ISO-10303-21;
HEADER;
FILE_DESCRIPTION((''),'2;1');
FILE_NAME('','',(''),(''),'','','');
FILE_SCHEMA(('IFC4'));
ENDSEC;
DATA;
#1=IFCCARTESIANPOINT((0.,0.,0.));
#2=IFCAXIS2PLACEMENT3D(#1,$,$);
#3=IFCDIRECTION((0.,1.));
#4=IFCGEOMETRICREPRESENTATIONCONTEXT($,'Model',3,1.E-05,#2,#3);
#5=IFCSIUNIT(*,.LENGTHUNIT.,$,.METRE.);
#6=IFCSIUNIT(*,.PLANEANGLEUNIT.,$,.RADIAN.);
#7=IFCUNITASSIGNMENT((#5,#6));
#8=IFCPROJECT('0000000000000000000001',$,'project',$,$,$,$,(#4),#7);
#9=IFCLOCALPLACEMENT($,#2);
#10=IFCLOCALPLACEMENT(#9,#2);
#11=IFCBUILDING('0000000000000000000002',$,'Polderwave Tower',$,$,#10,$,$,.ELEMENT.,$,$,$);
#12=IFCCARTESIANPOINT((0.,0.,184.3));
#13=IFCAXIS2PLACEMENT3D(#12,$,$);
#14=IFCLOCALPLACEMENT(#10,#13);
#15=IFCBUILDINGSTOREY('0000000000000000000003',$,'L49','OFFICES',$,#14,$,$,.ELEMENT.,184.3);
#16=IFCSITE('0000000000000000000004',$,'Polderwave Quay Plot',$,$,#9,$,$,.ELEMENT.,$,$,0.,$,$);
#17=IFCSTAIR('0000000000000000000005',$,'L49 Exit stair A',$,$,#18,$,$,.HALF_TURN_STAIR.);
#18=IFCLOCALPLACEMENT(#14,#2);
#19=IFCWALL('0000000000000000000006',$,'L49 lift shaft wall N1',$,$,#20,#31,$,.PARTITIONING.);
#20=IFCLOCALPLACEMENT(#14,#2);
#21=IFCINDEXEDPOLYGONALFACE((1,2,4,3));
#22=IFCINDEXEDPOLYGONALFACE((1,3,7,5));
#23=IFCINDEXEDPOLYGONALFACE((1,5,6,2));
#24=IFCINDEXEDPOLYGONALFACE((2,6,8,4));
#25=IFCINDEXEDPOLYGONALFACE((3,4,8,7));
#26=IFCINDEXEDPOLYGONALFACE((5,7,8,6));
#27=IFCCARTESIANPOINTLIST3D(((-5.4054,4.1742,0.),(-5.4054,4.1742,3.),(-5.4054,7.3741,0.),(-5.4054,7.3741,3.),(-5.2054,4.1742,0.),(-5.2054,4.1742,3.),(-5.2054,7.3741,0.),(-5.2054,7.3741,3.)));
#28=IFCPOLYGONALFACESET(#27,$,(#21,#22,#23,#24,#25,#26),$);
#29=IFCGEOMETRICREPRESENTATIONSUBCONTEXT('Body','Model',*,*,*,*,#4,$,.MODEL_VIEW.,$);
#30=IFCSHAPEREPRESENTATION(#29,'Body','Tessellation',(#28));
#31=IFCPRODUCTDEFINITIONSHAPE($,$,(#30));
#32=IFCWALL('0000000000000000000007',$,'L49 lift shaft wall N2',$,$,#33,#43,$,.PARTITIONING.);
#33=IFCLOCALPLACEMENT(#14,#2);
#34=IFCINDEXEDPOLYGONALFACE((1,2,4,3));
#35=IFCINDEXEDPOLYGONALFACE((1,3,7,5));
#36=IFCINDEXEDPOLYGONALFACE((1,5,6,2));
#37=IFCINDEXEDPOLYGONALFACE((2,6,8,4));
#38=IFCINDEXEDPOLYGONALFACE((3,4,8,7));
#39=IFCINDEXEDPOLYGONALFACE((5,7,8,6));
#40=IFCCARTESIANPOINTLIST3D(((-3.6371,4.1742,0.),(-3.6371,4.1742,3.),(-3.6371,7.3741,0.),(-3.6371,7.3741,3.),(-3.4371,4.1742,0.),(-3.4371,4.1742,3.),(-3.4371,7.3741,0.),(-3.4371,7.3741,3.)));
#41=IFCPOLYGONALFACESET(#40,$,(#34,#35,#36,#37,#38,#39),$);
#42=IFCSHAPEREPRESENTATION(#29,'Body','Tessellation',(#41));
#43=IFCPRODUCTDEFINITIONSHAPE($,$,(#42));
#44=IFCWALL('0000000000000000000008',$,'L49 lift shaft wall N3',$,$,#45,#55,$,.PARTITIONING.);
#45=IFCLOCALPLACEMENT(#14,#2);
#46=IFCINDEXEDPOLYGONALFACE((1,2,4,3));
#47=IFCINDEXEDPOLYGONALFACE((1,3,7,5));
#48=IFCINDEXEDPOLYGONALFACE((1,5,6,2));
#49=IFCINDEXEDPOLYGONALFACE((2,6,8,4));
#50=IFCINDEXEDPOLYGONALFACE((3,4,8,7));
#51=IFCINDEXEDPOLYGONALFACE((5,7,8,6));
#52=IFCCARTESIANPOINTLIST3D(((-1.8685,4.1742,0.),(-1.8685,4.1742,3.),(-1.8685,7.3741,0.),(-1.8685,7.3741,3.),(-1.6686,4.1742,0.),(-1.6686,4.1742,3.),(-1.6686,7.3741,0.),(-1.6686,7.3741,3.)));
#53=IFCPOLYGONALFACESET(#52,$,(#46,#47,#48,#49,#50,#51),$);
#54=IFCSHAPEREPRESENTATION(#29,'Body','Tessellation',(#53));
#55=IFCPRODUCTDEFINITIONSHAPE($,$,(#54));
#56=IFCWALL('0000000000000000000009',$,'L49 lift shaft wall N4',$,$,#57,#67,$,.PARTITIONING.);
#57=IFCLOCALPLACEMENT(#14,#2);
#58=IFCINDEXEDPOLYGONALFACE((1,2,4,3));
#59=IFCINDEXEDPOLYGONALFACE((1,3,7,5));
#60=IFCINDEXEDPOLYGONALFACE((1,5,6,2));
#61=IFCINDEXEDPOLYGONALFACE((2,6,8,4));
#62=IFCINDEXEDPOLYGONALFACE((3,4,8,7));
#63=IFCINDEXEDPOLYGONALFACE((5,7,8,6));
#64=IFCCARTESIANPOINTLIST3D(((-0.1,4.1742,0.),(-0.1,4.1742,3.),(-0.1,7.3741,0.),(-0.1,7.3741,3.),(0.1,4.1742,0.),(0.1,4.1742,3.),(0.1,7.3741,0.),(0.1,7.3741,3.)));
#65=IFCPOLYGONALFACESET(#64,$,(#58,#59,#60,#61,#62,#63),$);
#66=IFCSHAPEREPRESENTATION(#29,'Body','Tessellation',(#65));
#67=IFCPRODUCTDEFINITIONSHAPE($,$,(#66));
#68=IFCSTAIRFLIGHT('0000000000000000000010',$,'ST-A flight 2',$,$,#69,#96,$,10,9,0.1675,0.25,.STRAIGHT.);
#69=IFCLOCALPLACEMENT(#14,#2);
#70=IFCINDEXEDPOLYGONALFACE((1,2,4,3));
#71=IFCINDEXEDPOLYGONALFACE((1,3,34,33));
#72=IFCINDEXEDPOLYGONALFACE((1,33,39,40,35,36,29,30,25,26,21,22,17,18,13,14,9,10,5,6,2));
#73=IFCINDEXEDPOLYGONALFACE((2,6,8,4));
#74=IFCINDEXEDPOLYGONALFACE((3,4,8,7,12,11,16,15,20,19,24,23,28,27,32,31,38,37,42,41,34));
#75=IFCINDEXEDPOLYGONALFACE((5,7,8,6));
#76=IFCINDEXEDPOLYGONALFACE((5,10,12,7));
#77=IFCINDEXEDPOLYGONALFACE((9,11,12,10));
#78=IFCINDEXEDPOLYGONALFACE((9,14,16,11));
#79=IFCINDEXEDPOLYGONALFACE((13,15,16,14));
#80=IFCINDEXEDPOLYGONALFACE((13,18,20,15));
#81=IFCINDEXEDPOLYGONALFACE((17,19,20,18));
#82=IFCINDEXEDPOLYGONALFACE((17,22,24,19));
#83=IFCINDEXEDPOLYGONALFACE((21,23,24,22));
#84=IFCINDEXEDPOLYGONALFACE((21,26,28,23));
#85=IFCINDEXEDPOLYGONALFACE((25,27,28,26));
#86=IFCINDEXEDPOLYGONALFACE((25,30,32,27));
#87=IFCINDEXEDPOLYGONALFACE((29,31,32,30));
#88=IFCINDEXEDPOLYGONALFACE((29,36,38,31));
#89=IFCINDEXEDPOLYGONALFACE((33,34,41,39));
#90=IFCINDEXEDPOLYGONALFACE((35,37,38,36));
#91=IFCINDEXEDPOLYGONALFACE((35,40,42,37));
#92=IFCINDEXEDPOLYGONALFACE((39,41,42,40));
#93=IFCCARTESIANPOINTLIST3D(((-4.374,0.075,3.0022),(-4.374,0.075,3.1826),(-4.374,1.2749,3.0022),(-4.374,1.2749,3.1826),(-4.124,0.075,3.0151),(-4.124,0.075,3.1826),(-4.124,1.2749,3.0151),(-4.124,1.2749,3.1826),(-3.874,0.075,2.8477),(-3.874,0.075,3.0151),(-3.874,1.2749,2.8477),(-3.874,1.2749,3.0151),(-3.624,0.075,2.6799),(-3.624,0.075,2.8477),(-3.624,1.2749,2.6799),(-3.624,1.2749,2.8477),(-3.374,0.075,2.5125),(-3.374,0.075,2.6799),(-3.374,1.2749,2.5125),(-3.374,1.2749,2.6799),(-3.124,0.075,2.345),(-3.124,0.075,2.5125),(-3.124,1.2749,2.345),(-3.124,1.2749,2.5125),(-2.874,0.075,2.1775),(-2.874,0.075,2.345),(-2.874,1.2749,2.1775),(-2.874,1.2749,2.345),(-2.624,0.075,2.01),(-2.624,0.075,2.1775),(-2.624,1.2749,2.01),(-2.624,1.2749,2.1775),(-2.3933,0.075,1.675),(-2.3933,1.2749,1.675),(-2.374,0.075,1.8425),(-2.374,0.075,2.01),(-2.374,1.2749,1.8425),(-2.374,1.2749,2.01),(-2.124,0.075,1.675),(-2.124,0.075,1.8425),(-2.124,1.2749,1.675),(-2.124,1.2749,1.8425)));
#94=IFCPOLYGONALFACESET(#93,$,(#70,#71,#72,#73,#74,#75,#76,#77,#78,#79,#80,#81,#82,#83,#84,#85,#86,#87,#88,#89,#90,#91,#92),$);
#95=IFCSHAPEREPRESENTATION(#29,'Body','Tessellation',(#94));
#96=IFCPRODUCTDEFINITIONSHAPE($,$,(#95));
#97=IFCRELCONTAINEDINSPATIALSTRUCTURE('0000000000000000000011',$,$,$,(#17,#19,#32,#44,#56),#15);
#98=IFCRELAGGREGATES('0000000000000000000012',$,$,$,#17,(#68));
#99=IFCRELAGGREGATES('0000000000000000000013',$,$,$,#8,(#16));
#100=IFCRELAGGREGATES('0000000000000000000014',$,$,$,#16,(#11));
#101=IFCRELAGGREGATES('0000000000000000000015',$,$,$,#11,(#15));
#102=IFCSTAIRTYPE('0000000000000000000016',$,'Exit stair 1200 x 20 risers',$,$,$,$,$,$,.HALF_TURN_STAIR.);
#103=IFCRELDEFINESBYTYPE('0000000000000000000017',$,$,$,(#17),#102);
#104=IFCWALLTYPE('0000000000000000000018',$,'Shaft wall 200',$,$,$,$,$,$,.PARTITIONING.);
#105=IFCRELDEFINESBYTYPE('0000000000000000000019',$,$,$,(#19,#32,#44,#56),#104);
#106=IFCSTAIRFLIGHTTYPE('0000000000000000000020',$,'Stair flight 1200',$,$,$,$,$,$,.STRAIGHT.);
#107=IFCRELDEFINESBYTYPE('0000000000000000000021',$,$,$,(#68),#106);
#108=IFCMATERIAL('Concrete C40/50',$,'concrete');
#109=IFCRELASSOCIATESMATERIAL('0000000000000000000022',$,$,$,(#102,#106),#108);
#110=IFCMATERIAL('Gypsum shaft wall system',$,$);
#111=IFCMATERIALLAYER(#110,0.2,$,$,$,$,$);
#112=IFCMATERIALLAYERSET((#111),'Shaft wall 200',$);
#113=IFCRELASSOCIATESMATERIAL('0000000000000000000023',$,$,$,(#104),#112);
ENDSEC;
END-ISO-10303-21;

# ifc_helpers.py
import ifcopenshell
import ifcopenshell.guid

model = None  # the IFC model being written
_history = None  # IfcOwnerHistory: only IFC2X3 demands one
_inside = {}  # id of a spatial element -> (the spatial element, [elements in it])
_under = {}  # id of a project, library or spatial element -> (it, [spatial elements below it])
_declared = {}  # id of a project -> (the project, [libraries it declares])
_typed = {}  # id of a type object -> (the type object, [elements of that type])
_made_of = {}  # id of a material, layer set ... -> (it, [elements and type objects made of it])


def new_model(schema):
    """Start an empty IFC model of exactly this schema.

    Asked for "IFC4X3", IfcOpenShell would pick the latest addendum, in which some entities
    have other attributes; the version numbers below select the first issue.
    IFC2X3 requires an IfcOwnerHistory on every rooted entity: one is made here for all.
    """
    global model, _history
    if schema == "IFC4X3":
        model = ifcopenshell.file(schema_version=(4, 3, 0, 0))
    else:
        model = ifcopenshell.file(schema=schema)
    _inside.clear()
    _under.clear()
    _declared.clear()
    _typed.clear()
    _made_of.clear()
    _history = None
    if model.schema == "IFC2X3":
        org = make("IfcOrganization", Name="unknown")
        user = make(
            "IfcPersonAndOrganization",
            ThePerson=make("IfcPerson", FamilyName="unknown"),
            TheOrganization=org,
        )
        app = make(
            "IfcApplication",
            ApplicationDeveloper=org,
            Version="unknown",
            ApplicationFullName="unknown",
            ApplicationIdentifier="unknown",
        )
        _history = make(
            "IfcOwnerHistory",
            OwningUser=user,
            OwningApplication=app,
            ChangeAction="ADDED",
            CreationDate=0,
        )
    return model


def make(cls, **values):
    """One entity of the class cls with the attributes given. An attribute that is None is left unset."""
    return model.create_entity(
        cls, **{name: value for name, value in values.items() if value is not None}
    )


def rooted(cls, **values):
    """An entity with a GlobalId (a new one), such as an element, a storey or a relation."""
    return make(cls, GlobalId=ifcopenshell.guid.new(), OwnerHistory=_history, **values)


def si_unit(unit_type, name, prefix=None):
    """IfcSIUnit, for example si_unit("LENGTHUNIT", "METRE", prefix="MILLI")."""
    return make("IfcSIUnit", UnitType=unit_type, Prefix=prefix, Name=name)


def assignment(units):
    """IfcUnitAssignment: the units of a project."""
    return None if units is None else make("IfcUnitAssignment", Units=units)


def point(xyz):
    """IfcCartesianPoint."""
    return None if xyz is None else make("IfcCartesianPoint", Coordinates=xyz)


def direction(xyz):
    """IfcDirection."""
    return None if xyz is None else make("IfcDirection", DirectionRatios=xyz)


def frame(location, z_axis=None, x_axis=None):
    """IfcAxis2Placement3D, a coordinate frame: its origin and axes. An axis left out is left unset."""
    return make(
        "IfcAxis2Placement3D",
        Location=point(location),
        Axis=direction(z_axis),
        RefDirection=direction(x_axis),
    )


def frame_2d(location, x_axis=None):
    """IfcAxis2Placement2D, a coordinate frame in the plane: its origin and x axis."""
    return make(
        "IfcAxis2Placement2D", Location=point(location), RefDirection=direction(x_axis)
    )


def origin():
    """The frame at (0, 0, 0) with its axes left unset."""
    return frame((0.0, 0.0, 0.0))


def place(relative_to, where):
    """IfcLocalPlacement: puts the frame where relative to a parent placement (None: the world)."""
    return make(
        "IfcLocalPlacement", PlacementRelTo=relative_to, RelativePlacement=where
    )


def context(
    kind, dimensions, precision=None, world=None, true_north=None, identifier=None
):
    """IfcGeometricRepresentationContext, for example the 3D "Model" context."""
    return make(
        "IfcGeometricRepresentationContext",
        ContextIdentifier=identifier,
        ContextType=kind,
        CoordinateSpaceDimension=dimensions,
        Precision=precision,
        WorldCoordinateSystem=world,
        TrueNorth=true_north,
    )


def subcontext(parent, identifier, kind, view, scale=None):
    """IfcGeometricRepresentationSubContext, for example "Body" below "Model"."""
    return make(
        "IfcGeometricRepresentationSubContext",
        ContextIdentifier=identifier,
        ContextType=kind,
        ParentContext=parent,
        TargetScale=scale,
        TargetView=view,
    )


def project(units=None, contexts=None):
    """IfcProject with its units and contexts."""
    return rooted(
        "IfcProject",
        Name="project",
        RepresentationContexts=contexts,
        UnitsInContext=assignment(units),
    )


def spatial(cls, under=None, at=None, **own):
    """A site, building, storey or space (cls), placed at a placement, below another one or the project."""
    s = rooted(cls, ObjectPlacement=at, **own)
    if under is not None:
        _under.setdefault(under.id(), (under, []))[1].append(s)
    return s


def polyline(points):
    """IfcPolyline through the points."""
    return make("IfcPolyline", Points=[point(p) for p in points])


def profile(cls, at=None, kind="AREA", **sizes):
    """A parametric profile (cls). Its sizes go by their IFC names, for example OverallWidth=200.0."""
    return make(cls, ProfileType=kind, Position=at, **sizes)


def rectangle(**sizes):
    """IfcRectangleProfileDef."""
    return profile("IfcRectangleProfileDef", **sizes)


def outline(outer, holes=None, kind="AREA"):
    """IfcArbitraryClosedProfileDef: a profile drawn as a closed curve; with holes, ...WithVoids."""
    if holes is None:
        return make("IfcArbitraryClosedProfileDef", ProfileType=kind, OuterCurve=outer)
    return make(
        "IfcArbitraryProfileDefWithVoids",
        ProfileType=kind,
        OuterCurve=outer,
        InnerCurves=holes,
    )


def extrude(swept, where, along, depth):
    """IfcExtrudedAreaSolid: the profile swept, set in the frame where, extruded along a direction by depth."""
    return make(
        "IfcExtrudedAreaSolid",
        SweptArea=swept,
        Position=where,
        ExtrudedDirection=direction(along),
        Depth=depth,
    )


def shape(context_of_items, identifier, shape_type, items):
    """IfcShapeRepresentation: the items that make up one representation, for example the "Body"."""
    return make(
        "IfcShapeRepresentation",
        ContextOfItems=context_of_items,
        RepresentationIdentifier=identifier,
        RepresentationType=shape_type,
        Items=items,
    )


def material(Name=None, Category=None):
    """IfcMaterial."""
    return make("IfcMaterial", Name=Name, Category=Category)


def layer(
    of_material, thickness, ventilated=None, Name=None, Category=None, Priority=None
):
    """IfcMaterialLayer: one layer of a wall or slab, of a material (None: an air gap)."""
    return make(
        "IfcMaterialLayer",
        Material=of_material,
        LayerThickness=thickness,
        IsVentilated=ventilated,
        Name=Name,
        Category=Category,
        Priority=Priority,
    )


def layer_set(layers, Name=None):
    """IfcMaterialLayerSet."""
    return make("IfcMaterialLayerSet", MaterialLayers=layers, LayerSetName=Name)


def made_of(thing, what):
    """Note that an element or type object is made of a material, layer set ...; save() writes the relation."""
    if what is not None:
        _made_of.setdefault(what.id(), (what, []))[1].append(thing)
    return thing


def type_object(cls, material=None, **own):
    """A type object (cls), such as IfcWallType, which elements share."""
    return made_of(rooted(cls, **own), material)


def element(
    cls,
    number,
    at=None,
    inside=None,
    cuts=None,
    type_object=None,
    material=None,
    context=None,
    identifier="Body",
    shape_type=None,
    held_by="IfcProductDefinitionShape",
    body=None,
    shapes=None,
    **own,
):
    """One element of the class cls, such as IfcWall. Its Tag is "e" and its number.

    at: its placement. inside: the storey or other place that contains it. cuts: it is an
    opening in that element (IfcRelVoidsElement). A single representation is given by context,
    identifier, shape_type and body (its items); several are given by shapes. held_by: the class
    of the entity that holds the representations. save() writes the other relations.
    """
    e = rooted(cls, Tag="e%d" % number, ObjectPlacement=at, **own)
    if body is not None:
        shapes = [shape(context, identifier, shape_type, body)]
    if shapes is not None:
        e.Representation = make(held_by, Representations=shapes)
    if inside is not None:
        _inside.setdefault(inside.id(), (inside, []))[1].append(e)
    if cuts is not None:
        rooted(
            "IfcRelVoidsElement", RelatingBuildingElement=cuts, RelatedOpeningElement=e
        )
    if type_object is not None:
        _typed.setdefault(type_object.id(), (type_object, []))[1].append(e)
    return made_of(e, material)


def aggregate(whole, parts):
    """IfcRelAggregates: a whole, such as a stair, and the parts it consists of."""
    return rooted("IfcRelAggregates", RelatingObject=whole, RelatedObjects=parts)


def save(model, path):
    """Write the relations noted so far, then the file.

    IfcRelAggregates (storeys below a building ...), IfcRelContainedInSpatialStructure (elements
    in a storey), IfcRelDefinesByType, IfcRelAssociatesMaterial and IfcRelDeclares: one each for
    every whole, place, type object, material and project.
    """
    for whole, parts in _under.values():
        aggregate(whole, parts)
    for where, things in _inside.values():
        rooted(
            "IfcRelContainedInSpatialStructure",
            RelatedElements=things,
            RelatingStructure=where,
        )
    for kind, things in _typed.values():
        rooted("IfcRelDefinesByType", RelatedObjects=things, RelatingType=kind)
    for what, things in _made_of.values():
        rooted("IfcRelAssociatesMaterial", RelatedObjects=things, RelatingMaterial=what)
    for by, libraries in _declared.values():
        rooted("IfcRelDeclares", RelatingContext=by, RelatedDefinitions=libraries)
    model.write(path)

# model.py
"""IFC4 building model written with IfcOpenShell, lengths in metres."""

from ifc_helpers import new_model, si_unit, direction, frame, frame_2d, origin, place, context, subcontext, project, spatial, polyline, rectangle, outline, extrude, material, layer, layer_set, type_object, element, aggregate, save


model = new_model("IFC4")

# Units and contexts
model_context = context("Model", 3, precision=1e-05, world=origin(), true_north=direction((0.0, 1.0)))
body_context = subcontext(model_context, "Body", "Model", "MODEL_VIEW")
ifc_project = project(units=[si_unit("LENGTHUNIT", "METRE"), si_unit("PLANEANGLEUNIT", "RADIAN")], contexts=[model_context])

# Site, building, storey
site_placement = place(None, origin())
site = spatial("IfcSite", under=ifc_project, at=site_placement, Name="Polderwave Quay Plot", CompositionType="ELEMENT", RefElevation=0.0)
building_placement = place(site_placement, origin())
building = spatial("IfcBuilding", under=site, at=building_placement, Name="Polderwave Tower", CompositionType="ELEMENT")
storey_placement = place(building_placement, frame((0.0, 0.0, 184.3)))
storey = spatial("IfcBuildingStorey", under=building, at=storey_placement, Name="L49", Description="OFFICES", CompositionType="ELEMENT", Elevation=184.3)

# Shared definitions
ifc_material_1 = material(Name="Concrete C40/50", Category="concrete")

# Stair
stair_type = type_object("IfcStairType", Name="Exit stair 1200 x 20 risers", PredefinedType="HALF_TURN_STAIR", material=ifc_material_1)
stair_1_placement = place(storey_placement, origin())
stair_1 = element("IfcStair", 1, at=stair_1_placement, inside=storey, type_object=stair_type, Name="L49 Exit stair A", PredefinedType="HALF_TURN_STAIR")

# Walls
ifc_material_2 = material(Name="Gypsum shaft wall system")
ifc_layer_1 = layer(ifc_material_2, 0.2)
ifc_layer_set_1 = layer_set([ifc_layer_1], Name="Shaft wall 200")
wall_type_1 = type_object("IfcWallType", Name="Shaft wall 200", PredefinedType="PARTITIONING", material=ifc_layer_set_1)
for number, where, z_axis, x_axis, name in (
    (2, (-5.3054, 4.1741, 0.0), (0.0, 0.0, 1.0), (0.0, 1.0, 0.0), "L49 lift shaft wall N1"),
    (3, (-3.5371, 4.1741, 0.0), (0.0, 0.0, 1.0), (0.0, 1.0, 0.0), "L49 lift shaft wall N2"),
    (4, (-1.7686, 4.1741, 0.0), (0.0, 0.0, 1.0), (0.0, 1.0, 0.0), "L49 lift shaft wall N3"),
    (5, (0.0, 4.1741, 0.0), (0.0, 0.0, 1.0), (0.0, 1.0, 0.0), "L49 lift shaft wall N4"),
):
    element("IfcWall", number, at=place(storey_placement, frame(where, z_axis=z_axis, x_axis=x_axis)), inside=storey, type_object=wall_type_1, Name=name, PredefinedType="PARTITIONING", context=body_context, shape_type="SweptSolid", body=[
        extrude(rectangle(XDim=3.2, YDim=0.2, at=frame_2d((1.6001, 0.0))), origin(), (0.0, 0.0, 1.0), 3.0),
    ])

# Stair flight
stair_flight_type = type_object("IfcStairFlightType", Name="Stair flight 1200", PredefinedType="STRAIGHT", material=ifc_material_1)
stair_flight_placement = place(storey_placement, frame((-2.124, 0.675, 1.675), z_axis=(0.0, 0.0, 1.0), x_axis=(-1.0, 0.0, 0.0)))
stair_flight = element("IfcStairFlight", 6, at=stair_flight_placement, type_object=stair_flight_type, Name="ST-A flight 2", NumberOfRisers=10, NumberOfTreads=9, PredefinedType="STRAIGHT", RiserHeight=0.1675, TreadLength=0.25, context=body_context, shape_type="SweptSolid", body=[
    extrude(outline(polyline([(0.0, 0.0), (0.0, 0.1675), (0.25, 0.1675), (0.25, 0.335), (0.5, 0.335), (0.5, 0.5024), (0.75, 0.5024), (0.75, 0.6699), (1.0, 0.6699), (1.0, 0.8374), (1.25, 0.8374), (1.25, 1.0049), (1.5, 1.0049), (1.5, 1.1726), (1.75, 1.1726), (1.75, 1.3401), (2.0, 1.3401), (2.0, 1.5076), (2.25, 1.5076), (2.25, 1.675), (2.25, 1.3271), (0.2693, 0.0), (0.0, 0.0)])), frame((0.0, 0.6001, 0.0), z_axis=(0.0, -1.0, 0.0), x_axis=(1.0, 0.0, 0.0)), (0.0, 0.0, 1.0), 1.2),
])
aggregate(stair_1, [stair_flight])

save(model, "model.ifc")
